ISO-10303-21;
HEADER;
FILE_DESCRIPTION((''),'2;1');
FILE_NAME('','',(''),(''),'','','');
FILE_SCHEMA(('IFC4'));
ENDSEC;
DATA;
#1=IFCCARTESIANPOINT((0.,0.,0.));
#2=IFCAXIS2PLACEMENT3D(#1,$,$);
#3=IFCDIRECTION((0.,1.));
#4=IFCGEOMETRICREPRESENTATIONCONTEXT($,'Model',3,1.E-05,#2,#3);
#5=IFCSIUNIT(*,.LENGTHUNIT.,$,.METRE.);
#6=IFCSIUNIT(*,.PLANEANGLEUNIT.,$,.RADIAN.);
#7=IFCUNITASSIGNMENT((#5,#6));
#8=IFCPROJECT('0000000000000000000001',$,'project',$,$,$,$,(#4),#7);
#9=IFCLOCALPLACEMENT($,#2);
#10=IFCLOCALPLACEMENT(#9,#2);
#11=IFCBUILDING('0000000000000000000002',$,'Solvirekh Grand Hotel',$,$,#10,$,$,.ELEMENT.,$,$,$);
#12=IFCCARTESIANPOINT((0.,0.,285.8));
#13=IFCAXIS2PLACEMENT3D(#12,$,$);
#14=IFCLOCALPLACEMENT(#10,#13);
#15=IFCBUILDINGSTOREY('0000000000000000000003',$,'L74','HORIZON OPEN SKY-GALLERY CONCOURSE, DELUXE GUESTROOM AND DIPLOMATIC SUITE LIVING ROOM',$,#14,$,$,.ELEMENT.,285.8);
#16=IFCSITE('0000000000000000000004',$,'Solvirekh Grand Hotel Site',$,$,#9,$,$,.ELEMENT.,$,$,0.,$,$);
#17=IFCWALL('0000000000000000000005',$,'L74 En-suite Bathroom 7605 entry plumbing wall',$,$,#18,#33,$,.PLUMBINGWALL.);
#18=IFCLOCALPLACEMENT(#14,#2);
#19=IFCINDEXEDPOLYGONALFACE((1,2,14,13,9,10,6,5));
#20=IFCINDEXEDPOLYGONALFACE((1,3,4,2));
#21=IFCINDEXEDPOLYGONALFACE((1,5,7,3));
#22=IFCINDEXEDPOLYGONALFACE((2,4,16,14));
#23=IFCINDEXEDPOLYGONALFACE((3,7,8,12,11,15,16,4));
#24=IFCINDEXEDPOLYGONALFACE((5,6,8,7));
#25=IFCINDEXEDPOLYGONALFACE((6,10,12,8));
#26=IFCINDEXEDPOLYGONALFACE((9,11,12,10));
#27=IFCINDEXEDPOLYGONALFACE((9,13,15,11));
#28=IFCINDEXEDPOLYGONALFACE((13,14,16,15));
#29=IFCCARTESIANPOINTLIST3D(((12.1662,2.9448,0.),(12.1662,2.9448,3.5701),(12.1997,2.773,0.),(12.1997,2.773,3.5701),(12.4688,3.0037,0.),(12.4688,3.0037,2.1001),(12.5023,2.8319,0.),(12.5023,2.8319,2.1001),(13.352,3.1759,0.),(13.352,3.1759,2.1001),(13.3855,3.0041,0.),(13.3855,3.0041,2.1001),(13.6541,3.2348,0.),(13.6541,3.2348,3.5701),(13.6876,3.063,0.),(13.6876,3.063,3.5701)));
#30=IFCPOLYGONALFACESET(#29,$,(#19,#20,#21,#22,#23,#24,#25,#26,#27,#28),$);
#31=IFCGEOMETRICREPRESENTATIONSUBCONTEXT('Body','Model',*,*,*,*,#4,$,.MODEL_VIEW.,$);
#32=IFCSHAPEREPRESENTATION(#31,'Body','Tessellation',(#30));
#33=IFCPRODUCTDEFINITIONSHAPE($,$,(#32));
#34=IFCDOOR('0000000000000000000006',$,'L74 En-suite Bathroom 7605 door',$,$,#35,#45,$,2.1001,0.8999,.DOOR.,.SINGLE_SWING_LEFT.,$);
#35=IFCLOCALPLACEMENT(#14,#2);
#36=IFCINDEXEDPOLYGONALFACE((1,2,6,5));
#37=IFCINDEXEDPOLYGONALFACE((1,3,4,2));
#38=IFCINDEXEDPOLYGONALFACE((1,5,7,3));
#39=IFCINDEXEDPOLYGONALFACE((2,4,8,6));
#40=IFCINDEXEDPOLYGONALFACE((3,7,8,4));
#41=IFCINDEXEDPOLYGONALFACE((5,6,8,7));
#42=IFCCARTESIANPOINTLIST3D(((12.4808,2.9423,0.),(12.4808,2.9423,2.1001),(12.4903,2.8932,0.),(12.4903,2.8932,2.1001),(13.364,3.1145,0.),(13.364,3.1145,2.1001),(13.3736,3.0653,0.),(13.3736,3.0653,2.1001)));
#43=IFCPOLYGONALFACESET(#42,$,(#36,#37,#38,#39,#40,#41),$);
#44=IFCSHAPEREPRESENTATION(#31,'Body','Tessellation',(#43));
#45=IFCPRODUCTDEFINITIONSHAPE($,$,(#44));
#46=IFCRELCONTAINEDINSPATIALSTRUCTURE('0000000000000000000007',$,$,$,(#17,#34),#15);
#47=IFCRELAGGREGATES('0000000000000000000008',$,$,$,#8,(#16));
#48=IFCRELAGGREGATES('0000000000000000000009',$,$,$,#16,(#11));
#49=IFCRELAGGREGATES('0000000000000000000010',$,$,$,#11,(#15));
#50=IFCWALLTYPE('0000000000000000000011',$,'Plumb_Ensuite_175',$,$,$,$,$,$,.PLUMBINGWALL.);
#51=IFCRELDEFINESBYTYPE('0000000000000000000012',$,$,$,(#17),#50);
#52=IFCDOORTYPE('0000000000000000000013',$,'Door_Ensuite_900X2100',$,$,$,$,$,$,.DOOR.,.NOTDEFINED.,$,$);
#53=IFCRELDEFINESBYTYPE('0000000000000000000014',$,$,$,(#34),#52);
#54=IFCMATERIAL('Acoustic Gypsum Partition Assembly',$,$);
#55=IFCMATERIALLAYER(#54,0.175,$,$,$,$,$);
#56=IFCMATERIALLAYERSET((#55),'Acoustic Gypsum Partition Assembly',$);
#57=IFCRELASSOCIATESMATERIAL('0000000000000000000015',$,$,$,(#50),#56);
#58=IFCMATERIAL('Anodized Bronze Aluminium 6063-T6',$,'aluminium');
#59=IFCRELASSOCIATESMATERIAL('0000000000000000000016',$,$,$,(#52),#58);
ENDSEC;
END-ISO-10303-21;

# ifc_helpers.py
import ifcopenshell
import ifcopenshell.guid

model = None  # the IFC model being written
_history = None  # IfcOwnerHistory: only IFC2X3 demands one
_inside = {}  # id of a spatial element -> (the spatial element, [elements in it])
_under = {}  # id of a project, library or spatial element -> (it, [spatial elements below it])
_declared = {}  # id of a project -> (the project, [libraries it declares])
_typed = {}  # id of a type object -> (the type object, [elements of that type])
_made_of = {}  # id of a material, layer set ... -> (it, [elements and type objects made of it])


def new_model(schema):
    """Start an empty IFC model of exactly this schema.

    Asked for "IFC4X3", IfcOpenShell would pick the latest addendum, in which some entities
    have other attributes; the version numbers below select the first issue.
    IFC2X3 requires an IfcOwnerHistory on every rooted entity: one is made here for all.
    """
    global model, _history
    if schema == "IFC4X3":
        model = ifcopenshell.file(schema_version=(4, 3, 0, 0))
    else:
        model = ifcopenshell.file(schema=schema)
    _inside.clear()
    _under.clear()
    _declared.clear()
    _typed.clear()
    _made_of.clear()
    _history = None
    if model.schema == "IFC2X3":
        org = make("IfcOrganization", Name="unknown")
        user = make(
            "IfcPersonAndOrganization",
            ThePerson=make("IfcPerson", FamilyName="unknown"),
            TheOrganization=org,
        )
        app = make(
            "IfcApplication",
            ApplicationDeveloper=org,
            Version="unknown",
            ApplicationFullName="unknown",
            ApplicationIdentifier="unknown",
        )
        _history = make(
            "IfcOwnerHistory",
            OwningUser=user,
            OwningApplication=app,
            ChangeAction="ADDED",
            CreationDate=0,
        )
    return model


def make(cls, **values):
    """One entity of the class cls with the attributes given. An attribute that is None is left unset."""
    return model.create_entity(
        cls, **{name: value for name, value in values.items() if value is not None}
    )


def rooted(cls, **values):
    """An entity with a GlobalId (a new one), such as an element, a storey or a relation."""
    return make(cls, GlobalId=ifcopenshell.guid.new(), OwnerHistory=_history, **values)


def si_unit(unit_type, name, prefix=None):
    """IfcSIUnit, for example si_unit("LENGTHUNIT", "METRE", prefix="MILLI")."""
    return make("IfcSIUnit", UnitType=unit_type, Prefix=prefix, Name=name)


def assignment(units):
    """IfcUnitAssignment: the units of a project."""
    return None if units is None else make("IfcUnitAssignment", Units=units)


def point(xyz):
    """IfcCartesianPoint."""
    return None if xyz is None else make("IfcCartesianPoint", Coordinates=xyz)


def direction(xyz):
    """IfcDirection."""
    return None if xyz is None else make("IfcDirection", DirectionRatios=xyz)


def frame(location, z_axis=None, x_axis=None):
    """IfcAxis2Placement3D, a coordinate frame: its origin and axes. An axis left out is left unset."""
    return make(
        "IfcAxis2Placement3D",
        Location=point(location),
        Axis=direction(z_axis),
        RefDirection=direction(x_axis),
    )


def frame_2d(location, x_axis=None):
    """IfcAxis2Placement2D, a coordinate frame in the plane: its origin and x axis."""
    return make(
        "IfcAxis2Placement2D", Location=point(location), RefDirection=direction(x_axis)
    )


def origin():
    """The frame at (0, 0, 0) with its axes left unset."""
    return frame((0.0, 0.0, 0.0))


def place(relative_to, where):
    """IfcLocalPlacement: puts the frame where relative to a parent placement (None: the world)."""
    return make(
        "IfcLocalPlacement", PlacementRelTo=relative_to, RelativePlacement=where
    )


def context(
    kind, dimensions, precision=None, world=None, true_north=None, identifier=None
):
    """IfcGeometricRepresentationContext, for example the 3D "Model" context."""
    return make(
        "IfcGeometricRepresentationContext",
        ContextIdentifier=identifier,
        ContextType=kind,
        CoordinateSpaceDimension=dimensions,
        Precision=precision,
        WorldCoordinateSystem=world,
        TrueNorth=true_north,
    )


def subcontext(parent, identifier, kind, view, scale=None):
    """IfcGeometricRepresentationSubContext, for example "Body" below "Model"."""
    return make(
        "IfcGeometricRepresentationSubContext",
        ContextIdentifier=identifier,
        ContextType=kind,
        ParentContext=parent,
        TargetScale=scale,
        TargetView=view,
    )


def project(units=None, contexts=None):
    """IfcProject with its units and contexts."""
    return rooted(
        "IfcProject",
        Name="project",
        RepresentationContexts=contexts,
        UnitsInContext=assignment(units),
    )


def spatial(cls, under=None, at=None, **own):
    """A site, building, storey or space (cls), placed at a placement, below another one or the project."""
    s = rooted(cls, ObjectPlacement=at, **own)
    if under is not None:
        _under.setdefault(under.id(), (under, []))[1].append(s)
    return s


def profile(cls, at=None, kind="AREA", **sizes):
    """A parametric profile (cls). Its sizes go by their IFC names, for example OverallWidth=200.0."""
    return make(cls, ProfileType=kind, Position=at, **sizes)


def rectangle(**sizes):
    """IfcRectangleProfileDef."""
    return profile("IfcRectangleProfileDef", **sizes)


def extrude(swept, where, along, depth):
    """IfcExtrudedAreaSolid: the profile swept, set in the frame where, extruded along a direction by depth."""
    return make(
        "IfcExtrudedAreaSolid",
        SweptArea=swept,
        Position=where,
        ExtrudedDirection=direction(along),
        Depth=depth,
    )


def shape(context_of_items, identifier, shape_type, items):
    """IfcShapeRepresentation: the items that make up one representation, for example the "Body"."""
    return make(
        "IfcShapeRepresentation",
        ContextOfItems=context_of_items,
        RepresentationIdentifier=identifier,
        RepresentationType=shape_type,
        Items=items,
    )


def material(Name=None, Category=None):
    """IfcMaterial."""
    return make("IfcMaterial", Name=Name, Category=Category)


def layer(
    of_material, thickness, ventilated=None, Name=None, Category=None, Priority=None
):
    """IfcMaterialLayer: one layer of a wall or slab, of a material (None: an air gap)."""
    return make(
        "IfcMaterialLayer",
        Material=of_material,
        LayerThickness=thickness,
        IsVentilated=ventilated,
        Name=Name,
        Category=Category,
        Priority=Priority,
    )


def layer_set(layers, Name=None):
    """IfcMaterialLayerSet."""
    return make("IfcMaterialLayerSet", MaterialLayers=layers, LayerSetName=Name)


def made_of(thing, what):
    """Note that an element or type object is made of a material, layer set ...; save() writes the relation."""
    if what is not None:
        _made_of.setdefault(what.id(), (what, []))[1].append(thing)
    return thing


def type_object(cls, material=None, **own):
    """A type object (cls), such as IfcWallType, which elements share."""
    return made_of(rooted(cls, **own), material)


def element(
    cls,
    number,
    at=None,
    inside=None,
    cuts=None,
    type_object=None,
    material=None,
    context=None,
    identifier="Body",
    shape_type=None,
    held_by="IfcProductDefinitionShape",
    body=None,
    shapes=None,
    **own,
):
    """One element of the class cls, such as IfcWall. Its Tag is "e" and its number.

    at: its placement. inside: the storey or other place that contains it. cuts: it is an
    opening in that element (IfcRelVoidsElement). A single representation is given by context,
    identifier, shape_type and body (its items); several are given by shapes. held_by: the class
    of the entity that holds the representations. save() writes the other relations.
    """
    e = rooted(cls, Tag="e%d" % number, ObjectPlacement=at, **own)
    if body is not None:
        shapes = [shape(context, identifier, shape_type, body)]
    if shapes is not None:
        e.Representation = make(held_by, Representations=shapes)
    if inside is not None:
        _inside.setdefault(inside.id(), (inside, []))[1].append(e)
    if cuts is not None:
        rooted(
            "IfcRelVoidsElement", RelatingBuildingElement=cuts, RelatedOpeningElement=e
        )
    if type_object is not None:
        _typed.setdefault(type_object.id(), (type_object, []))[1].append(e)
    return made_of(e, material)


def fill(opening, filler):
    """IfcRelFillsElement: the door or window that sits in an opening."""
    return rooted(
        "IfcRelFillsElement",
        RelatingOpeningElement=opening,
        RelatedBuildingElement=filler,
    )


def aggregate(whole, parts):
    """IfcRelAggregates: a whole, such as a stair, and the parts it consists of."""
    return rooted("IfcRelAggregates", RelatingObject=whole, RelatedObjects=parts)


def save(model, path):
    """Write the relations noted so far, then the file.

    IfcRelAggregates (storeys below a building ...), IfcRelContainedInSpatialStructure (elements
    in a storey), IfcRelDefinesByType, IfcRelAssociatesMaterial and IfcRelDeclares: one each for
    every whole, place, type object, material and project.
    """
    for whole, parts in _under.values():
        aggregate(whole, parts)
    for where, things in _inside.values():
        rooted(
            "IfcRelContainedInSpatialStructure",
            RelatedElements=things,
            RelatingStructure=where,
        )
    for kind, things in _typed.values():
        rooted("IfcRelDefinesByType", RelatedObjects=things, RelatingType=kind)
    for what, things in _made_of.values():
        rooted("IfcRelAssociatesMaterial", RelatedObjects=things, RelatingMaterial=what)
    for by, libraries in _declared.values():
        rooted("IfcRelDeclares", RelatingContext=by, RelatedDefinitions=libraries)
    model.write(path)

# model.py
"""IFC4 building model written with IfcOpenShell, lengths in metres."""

from ifc_helpers import new_model, si_unit, direction, frame, frame_2d, origin, place, context, subcontext, project, spatial, rectangle, extrude, material, layer, layer_set, type_object, element, fill, save


model = new_model("IFC4")

# Units and contexts
model_context = context("Model", 3, precision=1e-05, world=origin(), true_north=direction((0.0, 1.0)))
body_context = subcontext(model_context, "Body", "Model", "MODEL_VIEW")
ifc_project = project(units=[si_unit("LENGTHUNIT", "METRE"), si_unit("PLANEANGLEUNIT", "RADIAN")], contexts=[model_context])

# Site, building, storey
site_placement = place(None, origin())
site = spatial("IfcSite", under=ifc_project, at=site_placement, Name="Solvirekh Grand Hotel Site", CompositionType="ELEMENT", RefElevation=0.0)
building_placement = place(site_placement, origin())
building = spatial("IfcBuilding", under=site, at=building_placement, Name="Solvirekh Grand Hotel", CompositionType="ELEMENT")
storey_placement = place(building_placement, frame((0.0, 0.0, 285.8)))
storey = spatial("IfcBuildingStorey", under=building, at=storey_placement, Name="L74", Description="HORIZON OPEN SKY-GALLERY CONCOURSE, DELUXE GUESTROOM AND DIPLOMATIC SUITE LIVING ROOM", CompositionType="ELEMENT", Elevation=285.8)

# Shared definitions
ifc_material_1 = material(Name="Acoustic Gypsum Partition Assembly")
ifc_material_2 = material(Name="Anodized Bronze Aluminium 6063-T6", Category="aluminium")

# Wall, opening, door
ifc_layer_1 = layer(ifc_material_1, 0.175)
ifc_layer_set_1 = layer_set([ifc_layer_1], Name="Acoustic Gypsum Partition Assembly")
wall_type_1 = type_object("IfcWallType", Name="Plumb_Ensuite_175", PredefinedType="PLUMBINGWALL", material=ifc_layer_set_1)
wall_1_placement = place(storey_placement, frame((12.1831, 2.8589, 0.0), z_axis=(0.0, 0.0, 1.0), x_axis=(0.981523, 0.191344, 0.0)))
wall_1 = element("IfcWall", 1, at=wall_1_placement, inside=storey, type_object=wall_type_1, Name="L74 En-suite Bathroom 7605 entry plumbing wall", PredefinedType="PLUMBINGWALL", context=body_context, shape_type="SweptSolid", body=[
    extrude(rectangle(XDim=1.5159, YDim=0.175, at=frame_2d((0.7578, 0.0))), origin(), (0.0, 0.0, 1.0), 3.5701),
])
opening_1_placement = place(wall_1_placement, frame((0.3081, 0.0, 0.0)))
opening_1 = element("IfcOpeningElement", 2, at=opening_1_placement, cuts=wall_1, PredefinedType="OPENING", context=body_context, shape_type="SweptSolid", body=[
    extrude(rectangle(XDim=0.8999, YDim=2.1001, at=frame_2d((0.45, 1.05))), frame((0.0, 0.0977, 0.0), z_axis=(0.0, -1.0, 0.0), x_axis=(1.0, 0.0, 0.0)), (0.0, 0.0, 1.0), 0.1951),
])
door_type_1 = type_object("IfcDoorType", Name="Door_Ensuite_900X2100", OperationType="NOTDEFINED", PredefinedType="DOOR", material=ifc_material_2)
door_1_placement = place(opening_1_placement, origin())
door_1 = element("IfcDoor", 3, at=door_1_placement, inside=storey, type_object=door_type_1, Name="L74 En-suite Bathroom 7605 door", OperationType="SINGLE_SWING_LEFT", OverallHeight=2.1001, OverallWidth=0.8999, PredefinedType="DOOR", context=body_context, shape_type="SweptSolid", body=[
    extrude(rectangle(XDim=0.8999, YDim=2.1001, at=frame_2d((0.45, 1.05))), frame((0.0, 0.0249, 0.0), z_axis=(0.0, -1.0, 0.0), x_axis=(1.0, 0.0, 0.0)), (0.0, 0.0, 1.0), 0.05),
])
fill(opening_1, door_1)

save(model, "model.ifc")
